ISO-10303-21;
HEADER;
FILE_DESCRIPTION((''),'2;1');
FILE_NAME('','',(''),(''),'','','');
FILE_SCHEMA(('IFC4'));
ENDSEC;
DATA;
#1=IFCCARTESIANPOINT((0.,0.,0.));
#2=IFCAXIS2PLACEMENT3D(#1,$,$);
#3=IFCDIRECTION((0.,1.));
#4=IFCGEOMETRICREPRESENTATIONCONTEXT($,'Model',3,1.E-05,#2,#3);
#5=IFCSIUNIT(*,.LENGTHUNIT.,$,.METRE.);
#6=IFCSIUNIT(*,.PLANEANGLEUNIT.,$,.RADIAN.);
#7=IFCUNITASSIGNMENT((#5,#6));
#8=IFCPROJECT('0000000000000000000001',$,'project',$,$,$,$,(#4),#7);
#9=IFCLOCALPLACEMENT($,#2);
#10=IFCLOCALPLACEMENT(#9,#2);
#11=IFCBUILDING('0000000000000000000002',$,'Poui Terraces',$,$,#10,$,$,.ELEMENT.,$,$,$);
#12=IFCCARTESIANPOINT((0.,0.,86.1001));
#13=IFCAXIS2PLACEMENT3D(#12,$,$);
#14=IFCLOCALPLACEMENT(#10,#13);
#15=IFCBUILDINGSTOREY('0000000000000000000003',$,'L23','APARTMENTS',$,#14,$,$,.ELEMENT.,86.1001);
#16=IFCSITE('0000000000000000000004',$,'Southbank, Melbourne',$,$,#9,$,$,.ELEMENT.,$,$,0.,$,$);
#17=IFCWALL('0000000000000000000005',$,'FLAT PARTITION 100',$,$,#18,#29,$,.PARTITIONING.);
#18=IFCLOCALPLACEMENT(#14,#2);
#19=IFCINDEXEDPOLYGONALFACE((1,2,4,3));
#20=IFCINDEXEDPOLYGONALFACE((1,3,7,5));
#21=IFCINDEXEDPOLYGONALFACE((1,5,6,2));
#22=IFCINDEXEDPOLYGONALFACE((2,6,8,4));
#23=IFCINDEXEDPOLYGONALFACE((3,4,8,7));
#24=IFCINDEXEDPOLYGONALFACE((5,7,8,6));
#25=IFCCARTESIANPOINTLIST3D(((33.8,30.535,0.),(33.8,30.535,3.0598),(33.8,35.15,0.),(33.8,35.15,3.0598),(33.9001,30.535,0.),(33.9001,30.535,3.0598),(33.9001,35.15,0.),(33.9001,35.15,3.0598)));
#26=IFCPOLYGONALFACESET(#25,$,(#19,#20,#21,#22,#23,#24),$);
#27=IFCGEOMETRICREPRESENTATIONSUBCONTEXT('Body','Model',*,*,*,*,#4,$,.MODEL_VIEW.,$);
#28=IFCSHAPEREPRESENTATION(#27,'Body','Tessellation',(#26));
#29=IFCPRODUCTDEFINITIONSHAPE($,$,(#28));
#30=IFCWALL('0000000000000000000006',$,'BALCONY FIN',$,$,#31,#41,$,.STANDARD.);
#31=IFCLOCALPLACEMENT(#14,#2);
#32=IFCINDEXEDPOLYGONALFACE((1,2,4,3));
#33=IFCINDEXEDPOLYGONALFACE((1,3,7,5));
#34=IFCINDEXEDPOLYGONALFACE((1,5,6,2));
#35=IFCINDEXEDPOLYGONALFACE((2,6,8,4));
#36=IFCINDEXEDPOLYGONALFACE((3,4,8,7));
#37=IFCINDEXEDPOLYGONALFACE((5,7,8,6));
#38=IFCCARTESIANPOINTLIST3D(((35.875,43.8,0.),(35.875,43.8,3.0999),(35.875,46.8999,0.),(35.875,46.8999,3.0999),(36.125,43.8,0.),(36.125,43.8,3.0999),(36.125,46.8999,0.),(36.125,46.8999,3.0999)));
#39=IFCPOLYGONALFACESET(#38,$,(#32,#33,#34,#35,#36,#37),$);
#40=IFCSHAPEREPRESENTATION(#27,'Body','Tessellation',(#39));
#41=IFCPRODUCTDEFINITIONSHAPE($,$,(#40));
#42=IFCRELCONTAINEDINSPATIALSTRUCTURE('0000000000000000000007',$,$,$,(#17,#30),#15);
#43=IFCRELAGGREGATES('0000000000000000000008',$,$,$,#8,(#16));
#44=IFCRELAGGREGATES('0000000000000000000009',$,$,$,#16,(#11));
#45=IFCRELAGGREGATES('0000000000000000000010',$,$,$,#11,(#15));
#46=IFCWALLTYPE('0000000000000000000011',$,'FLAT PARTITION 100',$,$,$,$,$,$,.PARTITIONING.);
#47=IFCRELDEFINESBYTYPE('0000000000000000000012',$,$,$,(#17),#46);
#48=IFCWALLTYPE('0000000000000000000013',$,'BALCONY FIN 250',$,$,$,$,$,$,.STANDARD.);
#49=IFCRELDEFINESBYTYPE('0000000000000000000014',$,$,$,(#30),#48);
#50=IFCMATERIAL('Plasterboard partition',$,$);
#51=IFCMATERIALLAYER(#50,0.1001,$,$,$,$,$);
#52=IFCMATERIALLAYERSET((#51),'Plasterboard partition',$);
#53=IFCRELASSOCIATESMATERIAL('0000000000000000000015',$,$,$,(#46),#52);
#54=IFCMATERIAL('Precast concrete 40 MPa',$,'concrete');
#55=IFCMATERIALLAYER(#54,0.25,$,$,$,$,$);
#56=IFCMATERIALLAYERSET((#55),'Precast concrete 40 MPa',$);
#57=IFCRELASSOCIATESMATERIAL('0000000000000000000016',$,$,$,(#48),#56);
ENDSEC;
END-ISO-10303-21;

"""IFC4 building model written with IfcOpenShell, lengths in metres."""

from ifc_helpers import new_model, si_unit, direction, frame, frame_2d, origin, place, context, subcontext, project, spatial, polyline, rectangle, outline, extrude, source, transform, mapped, material, layer, layer_set, type_object, element, save


model = new_model("IFC4")

# Units and contexts
model_context = context("Model", 3, precision=1e-05, world=origin(), true_north=direction((0.0, 1.0)))
body_context = subcontext(model_context, "Body", "Model", "MODEL_VIEW")
ifc_project = project(units=[si_unit("LENGTHUNIT", "METRE"), si_unit("PLANEANGLEUNIT", "RADIAN")], contexts=[model_context])

# Site, building, storey
site_placement = place(None, origin())
site = spatial("IfcSite", under=ifc_project, at=site_placement, Name="Southbank, Melbourne", CompositionType="ELEMENT", RefElevation=0.0)
building_placement = place(site_placement, origin())
building = spatial("IfcBuilding", under=site, at=building_placement, Name="Poui Terraces", CompositionType="ELEMENT")
storey_placement = place(building_placement, frame((0.0, 0.0, 86.1001)))
storey = spatial("IfcBuildingStorey", under=building, at=storey_placement, Name="L23", Description="APARTMENTS", CompositionType="ELEMENT", Elevation=86.1001)

# Shared definitions
ifc_material_1 = material(Name="Plasterboard partition")
ifc_layer_1 = layer(ifc_material_1, 0.1001)
ifc_layer_set_1 = layer_set([ifc_layer_1], Name="Plasterboard partition")
wall_type_1 = type_object("IfcWallType", Name="FLAT PARTITION 100", PredefinedType="PARTITIONING", material=ifc_layer_set_1)

# Walls
wall_1_placement = place(storey_placement, frame((33.8501, 30.5349, 0.0), z_axis=(0.0, 0.0, 1.0), x_axis=(0.0, 1.0, 0.0)))
element("IfcWall", 1, at=wall_1_placement, inside=storey, type_object=wall_type_1, Name="FLAT PARTITION 100", PredefinedType="PARTITIONING", context=body_context, shape_type="SweptSolid", body=[
    extrude(rectangle(XDim=4.615, YDim=0.1001, at=frame_2d((2.3076, 0.0))), origin(), (0.0, 0.0, 1.0), 3.0598),
])
ifc_material_2 = material(Name="Precast concrete 40 MPa", Category="concrete")
ifc_layer_2 = layer(ifc_material_2, 0.25)
ifc_layer_set_2 = layer_set([ifc_layer_2], Name="Precast concrete 40 MPa")
wall_type_2 = type_object("IfcWallType", Name="BALCONY FIN 250", PredefinedType="STANDARD", material=ifc_layer_set_2)
shared_shape_1 = source(origin(), body_context, "Body", "SweptSolid", [
    extrude(outline(polyline([(0.0, 0.0), (0.25, 0.0), (0.25, 3.0999), (0.0, 3.0999), (0.0, 0.0)])), origin(), (0.0, 0.0, 1.0), 3.0999),
])
wall_2_placement = place(storey_placement, frame((35.875, 43.8, 0.0)))
element("IfcWall", 2, at=wall_2_placement, inside=storey, type_object=wall_type_2, Name="BALCONY FIN", PredefinedType="STANDARD", context=body_context, shape_type="MappedRepresentation", body=[
    mapped(shared_shape_1, transform((0.0, 0.0, 0.0))),
])

save(model, "model.ifc")
